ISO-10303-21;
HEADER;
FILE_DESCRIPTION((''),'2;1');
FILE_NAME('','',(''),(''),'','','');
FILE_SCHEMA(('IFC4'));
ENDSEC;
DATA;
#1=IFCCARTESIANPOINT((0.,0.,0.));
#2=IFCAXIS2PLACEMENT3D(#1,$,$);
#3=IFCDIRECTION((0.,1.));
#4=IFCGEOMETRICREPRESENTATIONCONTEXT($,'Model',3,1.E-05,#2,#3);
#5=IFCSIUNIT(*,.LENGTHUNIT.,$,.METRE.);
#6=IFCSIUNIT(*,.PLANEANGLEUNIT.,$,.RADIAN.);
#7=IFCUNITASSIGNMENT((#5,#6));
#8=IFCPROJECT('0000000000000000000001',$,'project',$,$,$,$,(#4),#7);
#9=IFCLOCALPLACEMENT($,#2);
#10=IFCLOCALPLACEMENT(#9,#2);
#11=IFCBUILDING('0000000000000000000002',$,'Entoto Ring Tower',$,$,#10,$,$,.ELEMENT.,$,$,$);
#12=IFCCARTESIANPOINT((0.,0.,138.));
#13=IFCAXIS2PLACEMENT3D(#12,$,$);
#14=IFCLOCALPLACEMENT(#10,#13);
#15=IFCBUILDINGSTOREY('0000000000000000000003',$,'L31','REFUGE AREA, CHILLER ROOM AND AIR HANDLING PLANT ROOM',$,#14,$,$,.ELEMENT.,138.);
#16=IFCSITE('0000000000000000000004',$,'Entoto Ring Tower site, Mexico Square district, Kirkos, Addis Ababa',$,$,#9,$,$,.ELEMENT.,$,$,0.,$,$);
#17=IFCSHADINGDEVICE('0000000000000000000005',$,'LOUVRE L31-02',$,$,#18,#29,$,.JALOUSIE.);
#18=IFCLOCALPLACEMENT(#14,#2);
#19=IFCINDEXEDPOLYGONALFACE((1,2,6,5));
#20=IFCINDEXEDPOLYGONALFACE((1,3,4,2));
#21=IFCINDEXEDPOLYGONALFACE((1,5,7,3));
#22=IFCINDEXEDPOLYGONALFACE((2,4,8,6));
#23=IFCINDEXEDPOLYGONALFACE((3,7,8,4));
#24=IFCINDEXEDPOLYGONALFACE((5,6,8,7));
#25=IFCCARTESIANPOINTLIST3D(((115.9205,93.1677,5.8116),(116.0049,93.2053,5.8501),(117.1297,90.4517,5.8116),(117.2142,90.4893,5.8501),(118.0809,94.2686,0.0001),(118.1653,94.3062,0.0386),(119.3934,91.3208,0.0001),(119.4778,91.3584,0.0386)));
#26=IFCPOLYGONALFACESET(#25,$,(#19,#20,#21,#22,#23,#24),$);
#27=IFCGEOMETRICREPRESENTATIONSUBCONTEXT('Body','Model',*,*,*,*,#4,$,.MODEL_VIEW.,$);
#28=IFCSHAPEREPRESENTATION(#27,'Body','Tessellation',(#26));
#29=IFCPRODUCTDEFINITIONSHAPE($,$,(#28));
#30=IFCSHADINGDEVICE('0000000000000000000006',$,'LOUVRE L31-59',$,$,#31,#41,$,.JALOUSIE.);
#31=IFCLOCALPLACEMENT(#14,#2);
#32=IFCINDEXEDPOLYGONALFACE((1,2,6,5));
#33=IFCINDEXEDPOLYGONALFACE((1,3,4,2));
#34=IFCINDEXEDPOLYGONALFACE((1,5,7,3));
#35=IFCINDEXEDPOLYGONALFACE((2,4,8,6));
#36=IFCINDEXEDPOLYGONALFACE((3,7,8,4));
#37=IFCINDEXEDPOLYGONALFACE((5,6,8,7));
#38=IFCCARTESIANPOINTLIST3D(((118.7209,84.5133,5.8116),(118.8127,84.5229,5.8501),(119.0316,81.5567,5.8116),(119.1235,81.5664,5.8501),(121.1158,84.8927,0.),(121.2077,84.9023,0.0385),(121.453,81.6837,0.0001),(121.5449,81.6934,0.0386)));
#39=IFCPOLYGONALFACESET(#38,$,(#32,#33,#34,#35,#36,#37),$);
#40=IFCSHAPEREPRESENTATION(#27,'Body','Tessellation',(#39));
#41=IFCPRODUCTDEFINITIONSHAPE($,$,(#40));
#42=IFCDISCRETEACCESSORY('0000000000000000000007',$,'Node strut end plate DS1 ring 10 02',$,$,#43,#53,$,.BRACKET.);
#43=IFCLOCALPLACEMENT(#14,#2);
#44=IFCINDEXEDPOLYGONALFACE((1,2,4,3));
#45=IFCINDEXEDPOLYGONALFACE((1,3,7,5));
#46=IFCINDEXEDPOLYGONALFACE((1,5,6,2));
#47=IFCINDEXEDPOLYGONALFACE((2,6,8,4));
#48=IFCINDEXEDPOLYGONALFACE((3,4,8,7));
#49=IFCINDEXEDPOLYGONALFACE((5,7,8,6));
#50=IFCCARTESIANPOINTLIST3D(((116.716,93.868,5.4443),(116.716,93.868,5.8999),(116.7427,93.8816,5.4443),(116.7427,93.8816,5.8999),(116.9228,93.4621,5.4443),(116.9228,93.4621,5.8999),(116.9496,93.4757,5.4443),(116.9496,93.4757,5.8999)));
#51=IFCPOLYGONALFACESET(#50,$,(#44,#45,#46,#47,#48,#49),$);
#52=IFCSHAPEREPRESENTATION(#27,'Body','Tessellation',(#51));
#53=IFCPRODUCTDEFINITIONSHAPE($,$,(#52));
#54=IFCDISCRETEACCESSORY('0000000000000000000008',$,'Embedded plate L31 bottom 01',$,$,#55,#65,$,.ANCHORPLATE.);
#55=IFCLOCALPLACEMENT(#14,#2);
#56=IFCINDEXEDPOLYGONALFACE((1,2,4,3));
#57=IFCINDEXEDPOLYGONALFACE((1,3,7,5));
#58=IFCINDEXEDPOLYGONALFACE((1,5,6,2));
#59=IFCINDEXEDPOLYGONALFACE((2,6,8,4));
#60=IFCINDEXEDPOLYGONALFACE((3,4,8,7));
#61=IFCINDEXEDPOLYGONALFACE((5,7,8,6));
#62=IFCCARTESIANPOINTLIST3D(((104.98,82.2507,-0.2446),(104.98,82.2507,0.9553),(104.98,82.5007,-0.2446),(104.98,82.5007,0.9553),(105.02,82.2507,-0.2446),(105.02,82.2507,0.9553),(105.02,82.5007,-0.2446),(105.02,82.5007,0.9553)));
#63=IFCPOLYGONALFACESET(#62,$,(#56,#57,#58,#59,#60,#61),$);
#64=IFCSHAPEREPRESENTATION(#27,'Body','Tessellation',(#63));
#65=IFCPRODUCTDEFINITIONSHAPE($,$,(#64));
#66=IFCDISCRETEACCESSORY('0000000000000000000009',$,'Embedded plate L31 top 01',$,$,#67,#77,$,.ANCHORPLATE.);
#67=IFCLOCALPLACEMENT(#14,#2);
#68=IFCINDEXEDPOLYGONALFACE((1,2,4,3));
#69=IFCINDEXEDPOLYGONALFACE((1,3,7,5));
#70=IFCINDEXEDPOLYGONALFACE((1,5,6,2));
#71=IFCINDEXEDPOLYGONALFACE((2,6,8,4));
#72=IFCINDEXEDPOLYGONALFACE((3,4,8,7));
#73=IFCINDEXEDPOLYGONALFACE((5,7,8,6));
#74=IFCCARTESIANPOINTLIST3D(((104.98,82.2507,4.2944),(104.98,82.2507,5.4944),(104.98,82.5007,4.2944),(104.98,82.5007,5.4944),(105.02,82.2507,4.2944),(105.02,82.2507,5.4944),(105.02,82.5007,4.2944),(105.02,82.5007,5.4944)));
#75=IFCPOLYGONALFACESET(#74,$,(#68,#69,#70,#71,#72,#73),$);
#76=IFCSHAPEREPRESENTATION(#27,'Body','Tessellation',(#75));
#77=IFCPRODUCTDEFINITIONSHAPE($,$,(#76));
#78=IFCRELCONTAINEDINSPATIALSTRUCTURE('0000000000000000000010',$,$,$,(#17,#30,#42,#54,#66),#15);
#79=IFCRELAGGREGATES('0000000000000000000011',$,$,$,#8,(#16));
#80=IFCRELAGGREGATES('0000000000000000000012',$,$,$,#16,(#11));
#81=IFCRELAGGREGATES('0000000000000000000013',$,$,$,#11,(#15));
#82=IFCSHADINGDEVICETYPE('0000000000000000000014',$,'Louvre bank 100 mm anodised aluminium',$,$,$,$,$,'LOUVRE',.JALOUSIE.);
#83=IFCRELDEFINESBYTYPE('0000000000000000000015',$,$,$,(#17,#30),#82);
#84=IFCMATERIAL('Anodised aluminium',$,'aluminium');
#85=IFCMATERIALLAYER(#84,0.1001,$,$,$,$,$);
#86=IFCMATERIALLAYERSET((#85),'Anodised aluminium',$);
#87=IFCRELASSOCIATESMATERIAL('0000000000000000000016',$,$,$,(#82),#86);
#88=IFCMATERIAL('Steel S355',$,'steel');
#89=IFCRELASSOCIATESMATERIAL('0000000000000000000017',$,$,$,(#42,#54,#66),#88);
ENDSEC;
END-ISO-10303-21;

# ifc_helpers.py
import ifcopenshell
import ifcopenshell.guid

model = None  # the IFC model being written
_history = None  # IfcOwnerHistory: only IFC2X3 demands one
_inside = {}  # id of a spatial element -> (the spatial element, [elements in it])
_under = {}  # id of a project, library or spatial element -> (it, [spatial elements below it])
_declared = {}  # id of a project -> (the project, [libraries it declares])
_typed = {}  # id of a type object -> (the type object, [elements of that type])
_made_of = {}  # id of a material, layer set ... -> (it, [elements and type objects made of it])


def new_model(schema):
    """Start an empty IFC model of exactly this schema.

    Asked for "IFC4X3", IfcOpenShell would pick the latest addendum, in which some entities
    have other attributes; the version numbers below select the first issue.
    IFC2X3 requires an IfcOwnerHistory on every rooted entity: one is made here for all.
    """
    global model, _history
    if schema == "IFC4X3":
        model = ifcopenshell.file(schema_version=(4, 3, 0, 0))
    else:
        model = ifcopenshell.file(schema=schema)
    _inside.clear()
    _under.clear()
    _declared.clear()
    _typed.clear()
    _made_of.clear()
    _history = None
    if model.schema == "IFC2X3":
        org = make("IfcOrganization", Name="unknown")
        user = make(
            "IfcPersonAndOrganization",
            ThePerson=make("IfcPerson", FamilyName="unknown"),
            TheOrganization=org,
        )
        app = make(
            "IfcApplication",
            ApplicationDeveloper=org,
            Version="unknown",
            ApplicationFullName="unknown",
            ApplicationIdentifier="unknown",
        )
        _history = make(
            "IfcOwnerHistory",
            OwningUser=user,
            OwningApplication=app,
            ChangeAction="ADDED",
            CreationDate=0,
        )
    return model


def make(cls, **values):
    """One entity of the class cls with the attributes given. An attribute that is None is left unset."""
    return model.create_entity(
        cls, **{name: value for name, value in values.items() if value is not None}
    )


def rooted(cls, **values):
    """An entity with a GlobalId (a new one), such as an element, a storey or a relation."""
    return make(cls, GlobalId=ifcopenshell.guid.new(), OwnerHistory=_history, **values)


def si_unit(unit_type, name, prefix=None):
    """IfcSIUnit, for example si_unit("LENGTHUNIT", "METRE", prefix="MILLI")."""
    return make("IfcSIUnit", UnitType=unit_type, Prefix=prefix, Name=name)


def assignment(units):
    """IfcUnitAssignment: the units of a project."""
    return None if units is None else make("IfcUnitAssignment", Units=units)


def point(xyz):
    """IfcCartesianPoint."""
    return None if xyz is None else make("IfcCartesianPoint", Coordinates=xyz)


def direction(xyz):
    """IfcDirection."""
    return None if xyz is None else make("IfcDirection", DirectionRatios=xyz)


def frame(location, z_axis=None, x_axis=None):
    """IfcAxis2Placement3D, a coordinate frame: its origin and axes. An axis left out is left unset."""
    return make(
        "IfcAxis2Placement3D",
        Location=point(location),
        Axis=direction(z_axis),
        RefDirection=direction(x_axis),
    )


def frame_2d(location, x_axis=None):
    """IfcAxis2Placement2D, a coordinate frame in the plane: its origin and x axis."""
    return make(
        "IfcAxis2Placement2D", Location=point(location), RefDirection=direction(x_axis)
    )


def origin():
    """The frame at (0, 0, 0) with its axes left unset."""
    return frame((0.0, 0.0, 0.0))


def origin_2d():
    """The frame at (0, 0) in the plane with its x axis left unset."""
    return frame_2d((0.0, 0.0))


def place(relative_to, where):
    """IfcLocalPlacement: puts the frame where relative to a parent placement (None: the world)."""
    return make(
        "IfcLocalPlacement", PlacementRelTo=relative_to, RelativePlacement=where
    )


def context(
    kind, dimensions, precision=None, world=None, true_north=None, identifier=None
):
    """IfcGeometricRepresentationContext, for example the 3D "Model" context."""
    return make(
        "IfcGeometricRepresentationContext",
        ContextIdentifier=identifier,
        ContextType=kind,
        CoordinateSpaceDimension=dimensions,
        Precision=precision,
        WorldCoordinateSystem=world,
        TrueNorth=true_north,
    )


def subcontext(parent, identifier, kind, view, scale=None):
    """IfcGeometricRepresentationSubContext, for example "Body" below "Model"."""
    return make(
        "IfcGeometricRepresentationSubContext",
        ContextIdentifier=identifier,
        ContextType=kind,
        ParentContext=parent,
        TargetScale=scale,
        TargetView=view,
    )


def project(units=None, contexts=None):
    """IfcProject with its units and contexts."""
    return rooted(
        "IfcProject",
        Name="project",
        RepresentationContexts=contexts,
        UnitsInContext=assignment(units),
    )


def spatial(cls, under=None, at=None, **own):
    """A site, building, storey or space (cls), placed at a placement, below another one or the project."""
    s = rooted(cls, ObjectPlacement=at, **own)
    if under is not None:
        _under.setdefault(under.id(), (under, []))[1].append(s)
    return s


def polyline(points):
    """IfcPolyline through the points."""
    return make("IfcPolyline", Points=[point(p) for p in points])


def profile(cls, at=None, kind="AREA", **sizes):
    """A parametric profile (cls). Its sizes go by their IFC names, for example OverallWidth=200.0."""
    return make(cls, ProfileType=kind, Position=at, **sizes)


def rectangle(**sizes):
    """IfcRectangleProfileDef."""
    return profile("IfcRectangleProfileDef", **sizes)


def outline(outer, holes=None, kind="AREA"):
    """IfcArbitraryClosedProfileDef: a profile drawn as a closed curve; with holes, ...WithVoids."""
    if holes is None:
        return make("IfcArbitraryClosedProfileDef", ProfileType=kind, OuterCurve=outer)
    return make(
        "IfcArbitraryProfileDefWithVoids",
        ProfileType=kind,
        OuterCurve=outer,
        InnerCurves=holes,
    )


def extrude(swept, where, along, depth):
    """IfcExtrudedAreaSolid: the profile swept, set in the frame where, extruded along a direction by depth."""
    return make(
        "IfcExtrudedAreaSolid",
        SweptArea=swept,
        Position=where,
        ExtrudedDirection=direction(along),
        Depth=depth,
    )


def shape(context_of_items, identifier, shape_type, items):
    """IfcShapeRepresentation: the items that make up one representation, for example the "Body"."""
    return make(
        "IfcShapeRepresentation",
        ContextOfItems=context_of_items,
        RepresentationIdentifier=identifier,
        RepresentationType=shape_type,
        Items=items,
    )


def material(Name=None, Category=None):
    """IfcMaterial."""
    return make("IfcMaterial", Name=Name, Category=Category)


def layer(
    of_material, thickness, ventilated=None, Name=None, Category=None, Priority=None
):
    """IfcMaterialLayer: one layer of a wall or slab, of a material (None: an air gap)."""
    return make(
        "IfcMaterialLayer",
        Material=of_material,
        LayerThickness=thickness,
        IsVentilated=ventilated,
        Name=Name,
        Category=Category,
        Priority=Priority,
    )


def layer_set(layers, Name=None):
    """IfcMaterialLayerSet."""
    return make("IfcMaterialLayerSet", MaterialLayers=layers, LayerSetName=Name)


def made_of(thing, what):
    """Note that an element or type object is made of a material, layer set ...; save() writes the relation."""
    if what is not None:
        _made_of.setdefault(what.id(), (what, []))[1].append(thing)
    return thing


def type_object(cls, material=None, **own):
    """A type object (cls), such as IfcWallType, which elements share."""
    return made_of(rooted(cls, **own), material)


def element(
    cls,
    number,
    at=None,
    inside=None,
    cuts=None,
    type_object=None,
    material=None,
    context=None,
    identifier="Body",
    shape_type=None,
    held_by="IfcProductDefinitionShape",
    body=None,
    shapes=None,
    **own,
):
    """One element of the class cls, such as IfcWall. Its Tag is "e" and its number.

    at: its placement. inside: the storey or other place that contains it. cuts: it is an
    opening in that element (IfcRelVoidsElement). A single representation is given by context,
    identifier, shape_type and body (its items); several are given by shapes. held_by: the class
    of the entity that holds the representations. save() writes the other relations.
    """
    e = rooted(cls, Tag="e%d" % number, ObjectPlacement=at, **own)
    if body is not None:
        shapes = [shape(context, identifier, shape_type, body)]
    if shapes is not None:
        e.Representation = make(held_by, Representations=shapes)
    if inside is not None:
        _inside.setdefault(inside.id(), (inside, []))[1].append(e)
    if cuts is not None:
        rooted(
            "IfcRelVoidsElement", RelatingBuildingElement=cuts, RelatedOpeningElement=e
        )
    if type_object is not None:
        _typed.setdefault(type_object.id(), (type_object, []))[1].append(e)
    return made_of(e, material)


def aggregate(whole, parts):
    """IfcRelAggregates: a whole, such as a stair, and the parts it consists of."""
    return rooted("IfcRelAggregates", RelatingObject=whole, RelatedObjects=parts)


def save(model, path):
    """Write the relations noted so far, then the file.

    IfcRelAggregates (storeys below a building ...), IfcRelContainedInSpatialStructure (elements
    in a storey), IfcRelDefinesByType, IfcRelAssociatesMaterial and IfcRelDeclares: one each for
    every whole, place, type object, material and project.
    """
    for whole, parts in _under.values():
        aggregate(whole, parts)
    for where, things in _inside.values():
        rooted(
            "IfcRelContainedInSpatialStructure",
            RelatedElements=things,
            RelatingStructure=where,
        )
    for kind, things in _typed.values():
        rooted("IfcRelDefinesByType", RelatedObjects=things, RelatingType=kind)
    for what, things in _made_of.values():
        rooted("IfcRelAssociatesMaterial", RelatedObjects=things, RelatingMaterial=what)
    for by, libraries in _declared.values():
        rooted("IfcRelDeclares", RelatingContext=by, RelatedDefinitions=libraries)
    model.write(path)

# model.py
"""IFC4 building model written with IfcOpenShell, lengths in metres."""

from ifc_helpers import new_model, si_unit, direction, frame, origin, origin_2d, place, context, subcontext, project, spatial, polyline, rectangle, outline, extrude, material, layer, layer_set, type_object, element, save


model = new_model("IFC4")

# Units and contexts
model_context = context("Model", 3, precision=1e-05, world=origin(), true_north=direction((0.0, 1.0)))
body_context = subcontext(model_context, "Body", "Model", "MODEL_VIEW")
ifc_project = project(units=[si_unit("LENGTHUNIT", "METRE"), si_unit("PLANEANGLEUNIT", "RADIAN")], contexts=[model_context])

# Site, building, storey
site_placement = place(None, origin())
site = spatial("IfcSite", under=ifc_project, at=site_placement, Name="Entoto Ring Tower site, Mexico Square district, Kirkos, Addis Ababa", CompositionType="ELEMENT", RefElevation=0.0)
building_placement = place(site_placement, origin())
building = spatial("IfcBuilding", under=site, at=building_placement, Name="Entoto Ring Tower", CompositionType="ELEMENT")
storey_placement = place(building_placement, frame((0.0, 0.0, 138.0)))
storey = spatial("IfcBuildingStorey", under=building, at=storey_placement, Name="L31", Description="REFUGE AREA, CHILLER ROOM AND AIR HANDLING PLANT ROOM", CompositionType="ELEMENT", Elevation=138.0)

# Shading devices
ifc_material_1 = material(Name="Anodised aluminium", Category="aluminium")
ifc_layer_1 = layer(ifc_material_1, 0.1001)
ifc_layer_set_1 = layer_set([ifc_layer_1], Name="Anodised aluminium")
shading_device_type = type_object("IfcShadingDeviceType", Name="Louvre bank 100 mm anodised aluminium", ElementType="LOUVRE", PredefinedType="JALOUSIE", material=ifc_layer_set_1)
shading_device_1_placement = place(storey_placement, frame((119.4778, 91.3584, 0.0386), z_axis=(0.843273, 0.375454, 0.38461), x_axis=(-0.406743, 0.913542, 0.000006)))
element("IfcShadingDevice", 1, at=shading_device_1_placement, inside=storey, type_object=shading_device_type, Name="LOUVRE L31-02", PredefinedType="JALOUSIE", context=body_context, shape_type="SweptSolid", body=[
    extrude(outline(polyline([(0.0, 0.0), (3.2267, 0.0), (3.0999, 6.2958), (0.1268, 6.2958), (0.0, 0.0)])), origin(), (0.0, 0.0, -1.0), 0.1001),
])
shading_device_2_placement = place(storey_placement, frame((121.5449, 81.6934, 0.0386), z_axis=(0.918021, 0.096477, 0.384616), x_axis=(-0.104513, 0.994524, -0.000009)))
element("IfcShadingDevice", 2, at=shading_device_2_placement, inside=storey, type_object=shading_device_type, Name="LOUVRE L31-59", PredefinedType="JALOUSIE", context=body_context, shape_type="SweptSolid", body=[
    extrude(outline(polyline([(0.0, 0.0), (3.2266, 0.0), (3.0996, 6.2958), (0.1268, 6.2958), (0.0, 0.0)])), origin(), (0.0, 0.0, -1.0), 0.1001),
])

# Discrete accessories
ifc_material_2 = material(Name="Steel S355", Category="steel")
discrete_accessory_placement = place(storey_placement, frame((116.8328, 93.6719, 5.4443), z_axis=(0.0, 0.0, 1.0), x_axis=(0.891007, 0.45399, 0.0)))
element("IfcDiscreteAccessory", 3, at=discrete_accessory_placement, inside=storey, material=ifc_material_2, Name="Node strut end plate DS1 ring 10 02", PredefinedType="BRACKET", context=body_context, shape_type="SweptSolid", body=[
    extrude(rectangle(XDim=0.03, YDim=0.4556, at=origin_2d()), origin(), (0.0, 0.0, 1.0), 0.4556),
])
for number, where, z_axis, x_axis, name in (
    (4, (105.0, 82.3757, -0.2446), (0.0, 0.0, 1.0), (1.0, 0.0, 0.0), "Embedded plate L31 bottom 01"),
    (5, (105.0, 82.3757, 4.2944), (0.0, 0.0, 1.0), (1.0, 0.0, 0.0), "Embedded plate L31 top 01"),
):
    element("IfcDiscreteAccessory", number, at=place(storey_placement, frame(where, z_axis=z_axis, x_axis=x_axis)), inside=storey, material=ifc_material_2, Name=name, PredefinedType="ANCHORPLATE", context=body_context, shape_type="SweptSolid", body=[
        extrude(rectangle(XDim=0.04, YDim=0.25, at=origin_2d()), origin(), (0.0, 0.0, 1.0), 1.2),
    ])

save(model, "model.ifc")
